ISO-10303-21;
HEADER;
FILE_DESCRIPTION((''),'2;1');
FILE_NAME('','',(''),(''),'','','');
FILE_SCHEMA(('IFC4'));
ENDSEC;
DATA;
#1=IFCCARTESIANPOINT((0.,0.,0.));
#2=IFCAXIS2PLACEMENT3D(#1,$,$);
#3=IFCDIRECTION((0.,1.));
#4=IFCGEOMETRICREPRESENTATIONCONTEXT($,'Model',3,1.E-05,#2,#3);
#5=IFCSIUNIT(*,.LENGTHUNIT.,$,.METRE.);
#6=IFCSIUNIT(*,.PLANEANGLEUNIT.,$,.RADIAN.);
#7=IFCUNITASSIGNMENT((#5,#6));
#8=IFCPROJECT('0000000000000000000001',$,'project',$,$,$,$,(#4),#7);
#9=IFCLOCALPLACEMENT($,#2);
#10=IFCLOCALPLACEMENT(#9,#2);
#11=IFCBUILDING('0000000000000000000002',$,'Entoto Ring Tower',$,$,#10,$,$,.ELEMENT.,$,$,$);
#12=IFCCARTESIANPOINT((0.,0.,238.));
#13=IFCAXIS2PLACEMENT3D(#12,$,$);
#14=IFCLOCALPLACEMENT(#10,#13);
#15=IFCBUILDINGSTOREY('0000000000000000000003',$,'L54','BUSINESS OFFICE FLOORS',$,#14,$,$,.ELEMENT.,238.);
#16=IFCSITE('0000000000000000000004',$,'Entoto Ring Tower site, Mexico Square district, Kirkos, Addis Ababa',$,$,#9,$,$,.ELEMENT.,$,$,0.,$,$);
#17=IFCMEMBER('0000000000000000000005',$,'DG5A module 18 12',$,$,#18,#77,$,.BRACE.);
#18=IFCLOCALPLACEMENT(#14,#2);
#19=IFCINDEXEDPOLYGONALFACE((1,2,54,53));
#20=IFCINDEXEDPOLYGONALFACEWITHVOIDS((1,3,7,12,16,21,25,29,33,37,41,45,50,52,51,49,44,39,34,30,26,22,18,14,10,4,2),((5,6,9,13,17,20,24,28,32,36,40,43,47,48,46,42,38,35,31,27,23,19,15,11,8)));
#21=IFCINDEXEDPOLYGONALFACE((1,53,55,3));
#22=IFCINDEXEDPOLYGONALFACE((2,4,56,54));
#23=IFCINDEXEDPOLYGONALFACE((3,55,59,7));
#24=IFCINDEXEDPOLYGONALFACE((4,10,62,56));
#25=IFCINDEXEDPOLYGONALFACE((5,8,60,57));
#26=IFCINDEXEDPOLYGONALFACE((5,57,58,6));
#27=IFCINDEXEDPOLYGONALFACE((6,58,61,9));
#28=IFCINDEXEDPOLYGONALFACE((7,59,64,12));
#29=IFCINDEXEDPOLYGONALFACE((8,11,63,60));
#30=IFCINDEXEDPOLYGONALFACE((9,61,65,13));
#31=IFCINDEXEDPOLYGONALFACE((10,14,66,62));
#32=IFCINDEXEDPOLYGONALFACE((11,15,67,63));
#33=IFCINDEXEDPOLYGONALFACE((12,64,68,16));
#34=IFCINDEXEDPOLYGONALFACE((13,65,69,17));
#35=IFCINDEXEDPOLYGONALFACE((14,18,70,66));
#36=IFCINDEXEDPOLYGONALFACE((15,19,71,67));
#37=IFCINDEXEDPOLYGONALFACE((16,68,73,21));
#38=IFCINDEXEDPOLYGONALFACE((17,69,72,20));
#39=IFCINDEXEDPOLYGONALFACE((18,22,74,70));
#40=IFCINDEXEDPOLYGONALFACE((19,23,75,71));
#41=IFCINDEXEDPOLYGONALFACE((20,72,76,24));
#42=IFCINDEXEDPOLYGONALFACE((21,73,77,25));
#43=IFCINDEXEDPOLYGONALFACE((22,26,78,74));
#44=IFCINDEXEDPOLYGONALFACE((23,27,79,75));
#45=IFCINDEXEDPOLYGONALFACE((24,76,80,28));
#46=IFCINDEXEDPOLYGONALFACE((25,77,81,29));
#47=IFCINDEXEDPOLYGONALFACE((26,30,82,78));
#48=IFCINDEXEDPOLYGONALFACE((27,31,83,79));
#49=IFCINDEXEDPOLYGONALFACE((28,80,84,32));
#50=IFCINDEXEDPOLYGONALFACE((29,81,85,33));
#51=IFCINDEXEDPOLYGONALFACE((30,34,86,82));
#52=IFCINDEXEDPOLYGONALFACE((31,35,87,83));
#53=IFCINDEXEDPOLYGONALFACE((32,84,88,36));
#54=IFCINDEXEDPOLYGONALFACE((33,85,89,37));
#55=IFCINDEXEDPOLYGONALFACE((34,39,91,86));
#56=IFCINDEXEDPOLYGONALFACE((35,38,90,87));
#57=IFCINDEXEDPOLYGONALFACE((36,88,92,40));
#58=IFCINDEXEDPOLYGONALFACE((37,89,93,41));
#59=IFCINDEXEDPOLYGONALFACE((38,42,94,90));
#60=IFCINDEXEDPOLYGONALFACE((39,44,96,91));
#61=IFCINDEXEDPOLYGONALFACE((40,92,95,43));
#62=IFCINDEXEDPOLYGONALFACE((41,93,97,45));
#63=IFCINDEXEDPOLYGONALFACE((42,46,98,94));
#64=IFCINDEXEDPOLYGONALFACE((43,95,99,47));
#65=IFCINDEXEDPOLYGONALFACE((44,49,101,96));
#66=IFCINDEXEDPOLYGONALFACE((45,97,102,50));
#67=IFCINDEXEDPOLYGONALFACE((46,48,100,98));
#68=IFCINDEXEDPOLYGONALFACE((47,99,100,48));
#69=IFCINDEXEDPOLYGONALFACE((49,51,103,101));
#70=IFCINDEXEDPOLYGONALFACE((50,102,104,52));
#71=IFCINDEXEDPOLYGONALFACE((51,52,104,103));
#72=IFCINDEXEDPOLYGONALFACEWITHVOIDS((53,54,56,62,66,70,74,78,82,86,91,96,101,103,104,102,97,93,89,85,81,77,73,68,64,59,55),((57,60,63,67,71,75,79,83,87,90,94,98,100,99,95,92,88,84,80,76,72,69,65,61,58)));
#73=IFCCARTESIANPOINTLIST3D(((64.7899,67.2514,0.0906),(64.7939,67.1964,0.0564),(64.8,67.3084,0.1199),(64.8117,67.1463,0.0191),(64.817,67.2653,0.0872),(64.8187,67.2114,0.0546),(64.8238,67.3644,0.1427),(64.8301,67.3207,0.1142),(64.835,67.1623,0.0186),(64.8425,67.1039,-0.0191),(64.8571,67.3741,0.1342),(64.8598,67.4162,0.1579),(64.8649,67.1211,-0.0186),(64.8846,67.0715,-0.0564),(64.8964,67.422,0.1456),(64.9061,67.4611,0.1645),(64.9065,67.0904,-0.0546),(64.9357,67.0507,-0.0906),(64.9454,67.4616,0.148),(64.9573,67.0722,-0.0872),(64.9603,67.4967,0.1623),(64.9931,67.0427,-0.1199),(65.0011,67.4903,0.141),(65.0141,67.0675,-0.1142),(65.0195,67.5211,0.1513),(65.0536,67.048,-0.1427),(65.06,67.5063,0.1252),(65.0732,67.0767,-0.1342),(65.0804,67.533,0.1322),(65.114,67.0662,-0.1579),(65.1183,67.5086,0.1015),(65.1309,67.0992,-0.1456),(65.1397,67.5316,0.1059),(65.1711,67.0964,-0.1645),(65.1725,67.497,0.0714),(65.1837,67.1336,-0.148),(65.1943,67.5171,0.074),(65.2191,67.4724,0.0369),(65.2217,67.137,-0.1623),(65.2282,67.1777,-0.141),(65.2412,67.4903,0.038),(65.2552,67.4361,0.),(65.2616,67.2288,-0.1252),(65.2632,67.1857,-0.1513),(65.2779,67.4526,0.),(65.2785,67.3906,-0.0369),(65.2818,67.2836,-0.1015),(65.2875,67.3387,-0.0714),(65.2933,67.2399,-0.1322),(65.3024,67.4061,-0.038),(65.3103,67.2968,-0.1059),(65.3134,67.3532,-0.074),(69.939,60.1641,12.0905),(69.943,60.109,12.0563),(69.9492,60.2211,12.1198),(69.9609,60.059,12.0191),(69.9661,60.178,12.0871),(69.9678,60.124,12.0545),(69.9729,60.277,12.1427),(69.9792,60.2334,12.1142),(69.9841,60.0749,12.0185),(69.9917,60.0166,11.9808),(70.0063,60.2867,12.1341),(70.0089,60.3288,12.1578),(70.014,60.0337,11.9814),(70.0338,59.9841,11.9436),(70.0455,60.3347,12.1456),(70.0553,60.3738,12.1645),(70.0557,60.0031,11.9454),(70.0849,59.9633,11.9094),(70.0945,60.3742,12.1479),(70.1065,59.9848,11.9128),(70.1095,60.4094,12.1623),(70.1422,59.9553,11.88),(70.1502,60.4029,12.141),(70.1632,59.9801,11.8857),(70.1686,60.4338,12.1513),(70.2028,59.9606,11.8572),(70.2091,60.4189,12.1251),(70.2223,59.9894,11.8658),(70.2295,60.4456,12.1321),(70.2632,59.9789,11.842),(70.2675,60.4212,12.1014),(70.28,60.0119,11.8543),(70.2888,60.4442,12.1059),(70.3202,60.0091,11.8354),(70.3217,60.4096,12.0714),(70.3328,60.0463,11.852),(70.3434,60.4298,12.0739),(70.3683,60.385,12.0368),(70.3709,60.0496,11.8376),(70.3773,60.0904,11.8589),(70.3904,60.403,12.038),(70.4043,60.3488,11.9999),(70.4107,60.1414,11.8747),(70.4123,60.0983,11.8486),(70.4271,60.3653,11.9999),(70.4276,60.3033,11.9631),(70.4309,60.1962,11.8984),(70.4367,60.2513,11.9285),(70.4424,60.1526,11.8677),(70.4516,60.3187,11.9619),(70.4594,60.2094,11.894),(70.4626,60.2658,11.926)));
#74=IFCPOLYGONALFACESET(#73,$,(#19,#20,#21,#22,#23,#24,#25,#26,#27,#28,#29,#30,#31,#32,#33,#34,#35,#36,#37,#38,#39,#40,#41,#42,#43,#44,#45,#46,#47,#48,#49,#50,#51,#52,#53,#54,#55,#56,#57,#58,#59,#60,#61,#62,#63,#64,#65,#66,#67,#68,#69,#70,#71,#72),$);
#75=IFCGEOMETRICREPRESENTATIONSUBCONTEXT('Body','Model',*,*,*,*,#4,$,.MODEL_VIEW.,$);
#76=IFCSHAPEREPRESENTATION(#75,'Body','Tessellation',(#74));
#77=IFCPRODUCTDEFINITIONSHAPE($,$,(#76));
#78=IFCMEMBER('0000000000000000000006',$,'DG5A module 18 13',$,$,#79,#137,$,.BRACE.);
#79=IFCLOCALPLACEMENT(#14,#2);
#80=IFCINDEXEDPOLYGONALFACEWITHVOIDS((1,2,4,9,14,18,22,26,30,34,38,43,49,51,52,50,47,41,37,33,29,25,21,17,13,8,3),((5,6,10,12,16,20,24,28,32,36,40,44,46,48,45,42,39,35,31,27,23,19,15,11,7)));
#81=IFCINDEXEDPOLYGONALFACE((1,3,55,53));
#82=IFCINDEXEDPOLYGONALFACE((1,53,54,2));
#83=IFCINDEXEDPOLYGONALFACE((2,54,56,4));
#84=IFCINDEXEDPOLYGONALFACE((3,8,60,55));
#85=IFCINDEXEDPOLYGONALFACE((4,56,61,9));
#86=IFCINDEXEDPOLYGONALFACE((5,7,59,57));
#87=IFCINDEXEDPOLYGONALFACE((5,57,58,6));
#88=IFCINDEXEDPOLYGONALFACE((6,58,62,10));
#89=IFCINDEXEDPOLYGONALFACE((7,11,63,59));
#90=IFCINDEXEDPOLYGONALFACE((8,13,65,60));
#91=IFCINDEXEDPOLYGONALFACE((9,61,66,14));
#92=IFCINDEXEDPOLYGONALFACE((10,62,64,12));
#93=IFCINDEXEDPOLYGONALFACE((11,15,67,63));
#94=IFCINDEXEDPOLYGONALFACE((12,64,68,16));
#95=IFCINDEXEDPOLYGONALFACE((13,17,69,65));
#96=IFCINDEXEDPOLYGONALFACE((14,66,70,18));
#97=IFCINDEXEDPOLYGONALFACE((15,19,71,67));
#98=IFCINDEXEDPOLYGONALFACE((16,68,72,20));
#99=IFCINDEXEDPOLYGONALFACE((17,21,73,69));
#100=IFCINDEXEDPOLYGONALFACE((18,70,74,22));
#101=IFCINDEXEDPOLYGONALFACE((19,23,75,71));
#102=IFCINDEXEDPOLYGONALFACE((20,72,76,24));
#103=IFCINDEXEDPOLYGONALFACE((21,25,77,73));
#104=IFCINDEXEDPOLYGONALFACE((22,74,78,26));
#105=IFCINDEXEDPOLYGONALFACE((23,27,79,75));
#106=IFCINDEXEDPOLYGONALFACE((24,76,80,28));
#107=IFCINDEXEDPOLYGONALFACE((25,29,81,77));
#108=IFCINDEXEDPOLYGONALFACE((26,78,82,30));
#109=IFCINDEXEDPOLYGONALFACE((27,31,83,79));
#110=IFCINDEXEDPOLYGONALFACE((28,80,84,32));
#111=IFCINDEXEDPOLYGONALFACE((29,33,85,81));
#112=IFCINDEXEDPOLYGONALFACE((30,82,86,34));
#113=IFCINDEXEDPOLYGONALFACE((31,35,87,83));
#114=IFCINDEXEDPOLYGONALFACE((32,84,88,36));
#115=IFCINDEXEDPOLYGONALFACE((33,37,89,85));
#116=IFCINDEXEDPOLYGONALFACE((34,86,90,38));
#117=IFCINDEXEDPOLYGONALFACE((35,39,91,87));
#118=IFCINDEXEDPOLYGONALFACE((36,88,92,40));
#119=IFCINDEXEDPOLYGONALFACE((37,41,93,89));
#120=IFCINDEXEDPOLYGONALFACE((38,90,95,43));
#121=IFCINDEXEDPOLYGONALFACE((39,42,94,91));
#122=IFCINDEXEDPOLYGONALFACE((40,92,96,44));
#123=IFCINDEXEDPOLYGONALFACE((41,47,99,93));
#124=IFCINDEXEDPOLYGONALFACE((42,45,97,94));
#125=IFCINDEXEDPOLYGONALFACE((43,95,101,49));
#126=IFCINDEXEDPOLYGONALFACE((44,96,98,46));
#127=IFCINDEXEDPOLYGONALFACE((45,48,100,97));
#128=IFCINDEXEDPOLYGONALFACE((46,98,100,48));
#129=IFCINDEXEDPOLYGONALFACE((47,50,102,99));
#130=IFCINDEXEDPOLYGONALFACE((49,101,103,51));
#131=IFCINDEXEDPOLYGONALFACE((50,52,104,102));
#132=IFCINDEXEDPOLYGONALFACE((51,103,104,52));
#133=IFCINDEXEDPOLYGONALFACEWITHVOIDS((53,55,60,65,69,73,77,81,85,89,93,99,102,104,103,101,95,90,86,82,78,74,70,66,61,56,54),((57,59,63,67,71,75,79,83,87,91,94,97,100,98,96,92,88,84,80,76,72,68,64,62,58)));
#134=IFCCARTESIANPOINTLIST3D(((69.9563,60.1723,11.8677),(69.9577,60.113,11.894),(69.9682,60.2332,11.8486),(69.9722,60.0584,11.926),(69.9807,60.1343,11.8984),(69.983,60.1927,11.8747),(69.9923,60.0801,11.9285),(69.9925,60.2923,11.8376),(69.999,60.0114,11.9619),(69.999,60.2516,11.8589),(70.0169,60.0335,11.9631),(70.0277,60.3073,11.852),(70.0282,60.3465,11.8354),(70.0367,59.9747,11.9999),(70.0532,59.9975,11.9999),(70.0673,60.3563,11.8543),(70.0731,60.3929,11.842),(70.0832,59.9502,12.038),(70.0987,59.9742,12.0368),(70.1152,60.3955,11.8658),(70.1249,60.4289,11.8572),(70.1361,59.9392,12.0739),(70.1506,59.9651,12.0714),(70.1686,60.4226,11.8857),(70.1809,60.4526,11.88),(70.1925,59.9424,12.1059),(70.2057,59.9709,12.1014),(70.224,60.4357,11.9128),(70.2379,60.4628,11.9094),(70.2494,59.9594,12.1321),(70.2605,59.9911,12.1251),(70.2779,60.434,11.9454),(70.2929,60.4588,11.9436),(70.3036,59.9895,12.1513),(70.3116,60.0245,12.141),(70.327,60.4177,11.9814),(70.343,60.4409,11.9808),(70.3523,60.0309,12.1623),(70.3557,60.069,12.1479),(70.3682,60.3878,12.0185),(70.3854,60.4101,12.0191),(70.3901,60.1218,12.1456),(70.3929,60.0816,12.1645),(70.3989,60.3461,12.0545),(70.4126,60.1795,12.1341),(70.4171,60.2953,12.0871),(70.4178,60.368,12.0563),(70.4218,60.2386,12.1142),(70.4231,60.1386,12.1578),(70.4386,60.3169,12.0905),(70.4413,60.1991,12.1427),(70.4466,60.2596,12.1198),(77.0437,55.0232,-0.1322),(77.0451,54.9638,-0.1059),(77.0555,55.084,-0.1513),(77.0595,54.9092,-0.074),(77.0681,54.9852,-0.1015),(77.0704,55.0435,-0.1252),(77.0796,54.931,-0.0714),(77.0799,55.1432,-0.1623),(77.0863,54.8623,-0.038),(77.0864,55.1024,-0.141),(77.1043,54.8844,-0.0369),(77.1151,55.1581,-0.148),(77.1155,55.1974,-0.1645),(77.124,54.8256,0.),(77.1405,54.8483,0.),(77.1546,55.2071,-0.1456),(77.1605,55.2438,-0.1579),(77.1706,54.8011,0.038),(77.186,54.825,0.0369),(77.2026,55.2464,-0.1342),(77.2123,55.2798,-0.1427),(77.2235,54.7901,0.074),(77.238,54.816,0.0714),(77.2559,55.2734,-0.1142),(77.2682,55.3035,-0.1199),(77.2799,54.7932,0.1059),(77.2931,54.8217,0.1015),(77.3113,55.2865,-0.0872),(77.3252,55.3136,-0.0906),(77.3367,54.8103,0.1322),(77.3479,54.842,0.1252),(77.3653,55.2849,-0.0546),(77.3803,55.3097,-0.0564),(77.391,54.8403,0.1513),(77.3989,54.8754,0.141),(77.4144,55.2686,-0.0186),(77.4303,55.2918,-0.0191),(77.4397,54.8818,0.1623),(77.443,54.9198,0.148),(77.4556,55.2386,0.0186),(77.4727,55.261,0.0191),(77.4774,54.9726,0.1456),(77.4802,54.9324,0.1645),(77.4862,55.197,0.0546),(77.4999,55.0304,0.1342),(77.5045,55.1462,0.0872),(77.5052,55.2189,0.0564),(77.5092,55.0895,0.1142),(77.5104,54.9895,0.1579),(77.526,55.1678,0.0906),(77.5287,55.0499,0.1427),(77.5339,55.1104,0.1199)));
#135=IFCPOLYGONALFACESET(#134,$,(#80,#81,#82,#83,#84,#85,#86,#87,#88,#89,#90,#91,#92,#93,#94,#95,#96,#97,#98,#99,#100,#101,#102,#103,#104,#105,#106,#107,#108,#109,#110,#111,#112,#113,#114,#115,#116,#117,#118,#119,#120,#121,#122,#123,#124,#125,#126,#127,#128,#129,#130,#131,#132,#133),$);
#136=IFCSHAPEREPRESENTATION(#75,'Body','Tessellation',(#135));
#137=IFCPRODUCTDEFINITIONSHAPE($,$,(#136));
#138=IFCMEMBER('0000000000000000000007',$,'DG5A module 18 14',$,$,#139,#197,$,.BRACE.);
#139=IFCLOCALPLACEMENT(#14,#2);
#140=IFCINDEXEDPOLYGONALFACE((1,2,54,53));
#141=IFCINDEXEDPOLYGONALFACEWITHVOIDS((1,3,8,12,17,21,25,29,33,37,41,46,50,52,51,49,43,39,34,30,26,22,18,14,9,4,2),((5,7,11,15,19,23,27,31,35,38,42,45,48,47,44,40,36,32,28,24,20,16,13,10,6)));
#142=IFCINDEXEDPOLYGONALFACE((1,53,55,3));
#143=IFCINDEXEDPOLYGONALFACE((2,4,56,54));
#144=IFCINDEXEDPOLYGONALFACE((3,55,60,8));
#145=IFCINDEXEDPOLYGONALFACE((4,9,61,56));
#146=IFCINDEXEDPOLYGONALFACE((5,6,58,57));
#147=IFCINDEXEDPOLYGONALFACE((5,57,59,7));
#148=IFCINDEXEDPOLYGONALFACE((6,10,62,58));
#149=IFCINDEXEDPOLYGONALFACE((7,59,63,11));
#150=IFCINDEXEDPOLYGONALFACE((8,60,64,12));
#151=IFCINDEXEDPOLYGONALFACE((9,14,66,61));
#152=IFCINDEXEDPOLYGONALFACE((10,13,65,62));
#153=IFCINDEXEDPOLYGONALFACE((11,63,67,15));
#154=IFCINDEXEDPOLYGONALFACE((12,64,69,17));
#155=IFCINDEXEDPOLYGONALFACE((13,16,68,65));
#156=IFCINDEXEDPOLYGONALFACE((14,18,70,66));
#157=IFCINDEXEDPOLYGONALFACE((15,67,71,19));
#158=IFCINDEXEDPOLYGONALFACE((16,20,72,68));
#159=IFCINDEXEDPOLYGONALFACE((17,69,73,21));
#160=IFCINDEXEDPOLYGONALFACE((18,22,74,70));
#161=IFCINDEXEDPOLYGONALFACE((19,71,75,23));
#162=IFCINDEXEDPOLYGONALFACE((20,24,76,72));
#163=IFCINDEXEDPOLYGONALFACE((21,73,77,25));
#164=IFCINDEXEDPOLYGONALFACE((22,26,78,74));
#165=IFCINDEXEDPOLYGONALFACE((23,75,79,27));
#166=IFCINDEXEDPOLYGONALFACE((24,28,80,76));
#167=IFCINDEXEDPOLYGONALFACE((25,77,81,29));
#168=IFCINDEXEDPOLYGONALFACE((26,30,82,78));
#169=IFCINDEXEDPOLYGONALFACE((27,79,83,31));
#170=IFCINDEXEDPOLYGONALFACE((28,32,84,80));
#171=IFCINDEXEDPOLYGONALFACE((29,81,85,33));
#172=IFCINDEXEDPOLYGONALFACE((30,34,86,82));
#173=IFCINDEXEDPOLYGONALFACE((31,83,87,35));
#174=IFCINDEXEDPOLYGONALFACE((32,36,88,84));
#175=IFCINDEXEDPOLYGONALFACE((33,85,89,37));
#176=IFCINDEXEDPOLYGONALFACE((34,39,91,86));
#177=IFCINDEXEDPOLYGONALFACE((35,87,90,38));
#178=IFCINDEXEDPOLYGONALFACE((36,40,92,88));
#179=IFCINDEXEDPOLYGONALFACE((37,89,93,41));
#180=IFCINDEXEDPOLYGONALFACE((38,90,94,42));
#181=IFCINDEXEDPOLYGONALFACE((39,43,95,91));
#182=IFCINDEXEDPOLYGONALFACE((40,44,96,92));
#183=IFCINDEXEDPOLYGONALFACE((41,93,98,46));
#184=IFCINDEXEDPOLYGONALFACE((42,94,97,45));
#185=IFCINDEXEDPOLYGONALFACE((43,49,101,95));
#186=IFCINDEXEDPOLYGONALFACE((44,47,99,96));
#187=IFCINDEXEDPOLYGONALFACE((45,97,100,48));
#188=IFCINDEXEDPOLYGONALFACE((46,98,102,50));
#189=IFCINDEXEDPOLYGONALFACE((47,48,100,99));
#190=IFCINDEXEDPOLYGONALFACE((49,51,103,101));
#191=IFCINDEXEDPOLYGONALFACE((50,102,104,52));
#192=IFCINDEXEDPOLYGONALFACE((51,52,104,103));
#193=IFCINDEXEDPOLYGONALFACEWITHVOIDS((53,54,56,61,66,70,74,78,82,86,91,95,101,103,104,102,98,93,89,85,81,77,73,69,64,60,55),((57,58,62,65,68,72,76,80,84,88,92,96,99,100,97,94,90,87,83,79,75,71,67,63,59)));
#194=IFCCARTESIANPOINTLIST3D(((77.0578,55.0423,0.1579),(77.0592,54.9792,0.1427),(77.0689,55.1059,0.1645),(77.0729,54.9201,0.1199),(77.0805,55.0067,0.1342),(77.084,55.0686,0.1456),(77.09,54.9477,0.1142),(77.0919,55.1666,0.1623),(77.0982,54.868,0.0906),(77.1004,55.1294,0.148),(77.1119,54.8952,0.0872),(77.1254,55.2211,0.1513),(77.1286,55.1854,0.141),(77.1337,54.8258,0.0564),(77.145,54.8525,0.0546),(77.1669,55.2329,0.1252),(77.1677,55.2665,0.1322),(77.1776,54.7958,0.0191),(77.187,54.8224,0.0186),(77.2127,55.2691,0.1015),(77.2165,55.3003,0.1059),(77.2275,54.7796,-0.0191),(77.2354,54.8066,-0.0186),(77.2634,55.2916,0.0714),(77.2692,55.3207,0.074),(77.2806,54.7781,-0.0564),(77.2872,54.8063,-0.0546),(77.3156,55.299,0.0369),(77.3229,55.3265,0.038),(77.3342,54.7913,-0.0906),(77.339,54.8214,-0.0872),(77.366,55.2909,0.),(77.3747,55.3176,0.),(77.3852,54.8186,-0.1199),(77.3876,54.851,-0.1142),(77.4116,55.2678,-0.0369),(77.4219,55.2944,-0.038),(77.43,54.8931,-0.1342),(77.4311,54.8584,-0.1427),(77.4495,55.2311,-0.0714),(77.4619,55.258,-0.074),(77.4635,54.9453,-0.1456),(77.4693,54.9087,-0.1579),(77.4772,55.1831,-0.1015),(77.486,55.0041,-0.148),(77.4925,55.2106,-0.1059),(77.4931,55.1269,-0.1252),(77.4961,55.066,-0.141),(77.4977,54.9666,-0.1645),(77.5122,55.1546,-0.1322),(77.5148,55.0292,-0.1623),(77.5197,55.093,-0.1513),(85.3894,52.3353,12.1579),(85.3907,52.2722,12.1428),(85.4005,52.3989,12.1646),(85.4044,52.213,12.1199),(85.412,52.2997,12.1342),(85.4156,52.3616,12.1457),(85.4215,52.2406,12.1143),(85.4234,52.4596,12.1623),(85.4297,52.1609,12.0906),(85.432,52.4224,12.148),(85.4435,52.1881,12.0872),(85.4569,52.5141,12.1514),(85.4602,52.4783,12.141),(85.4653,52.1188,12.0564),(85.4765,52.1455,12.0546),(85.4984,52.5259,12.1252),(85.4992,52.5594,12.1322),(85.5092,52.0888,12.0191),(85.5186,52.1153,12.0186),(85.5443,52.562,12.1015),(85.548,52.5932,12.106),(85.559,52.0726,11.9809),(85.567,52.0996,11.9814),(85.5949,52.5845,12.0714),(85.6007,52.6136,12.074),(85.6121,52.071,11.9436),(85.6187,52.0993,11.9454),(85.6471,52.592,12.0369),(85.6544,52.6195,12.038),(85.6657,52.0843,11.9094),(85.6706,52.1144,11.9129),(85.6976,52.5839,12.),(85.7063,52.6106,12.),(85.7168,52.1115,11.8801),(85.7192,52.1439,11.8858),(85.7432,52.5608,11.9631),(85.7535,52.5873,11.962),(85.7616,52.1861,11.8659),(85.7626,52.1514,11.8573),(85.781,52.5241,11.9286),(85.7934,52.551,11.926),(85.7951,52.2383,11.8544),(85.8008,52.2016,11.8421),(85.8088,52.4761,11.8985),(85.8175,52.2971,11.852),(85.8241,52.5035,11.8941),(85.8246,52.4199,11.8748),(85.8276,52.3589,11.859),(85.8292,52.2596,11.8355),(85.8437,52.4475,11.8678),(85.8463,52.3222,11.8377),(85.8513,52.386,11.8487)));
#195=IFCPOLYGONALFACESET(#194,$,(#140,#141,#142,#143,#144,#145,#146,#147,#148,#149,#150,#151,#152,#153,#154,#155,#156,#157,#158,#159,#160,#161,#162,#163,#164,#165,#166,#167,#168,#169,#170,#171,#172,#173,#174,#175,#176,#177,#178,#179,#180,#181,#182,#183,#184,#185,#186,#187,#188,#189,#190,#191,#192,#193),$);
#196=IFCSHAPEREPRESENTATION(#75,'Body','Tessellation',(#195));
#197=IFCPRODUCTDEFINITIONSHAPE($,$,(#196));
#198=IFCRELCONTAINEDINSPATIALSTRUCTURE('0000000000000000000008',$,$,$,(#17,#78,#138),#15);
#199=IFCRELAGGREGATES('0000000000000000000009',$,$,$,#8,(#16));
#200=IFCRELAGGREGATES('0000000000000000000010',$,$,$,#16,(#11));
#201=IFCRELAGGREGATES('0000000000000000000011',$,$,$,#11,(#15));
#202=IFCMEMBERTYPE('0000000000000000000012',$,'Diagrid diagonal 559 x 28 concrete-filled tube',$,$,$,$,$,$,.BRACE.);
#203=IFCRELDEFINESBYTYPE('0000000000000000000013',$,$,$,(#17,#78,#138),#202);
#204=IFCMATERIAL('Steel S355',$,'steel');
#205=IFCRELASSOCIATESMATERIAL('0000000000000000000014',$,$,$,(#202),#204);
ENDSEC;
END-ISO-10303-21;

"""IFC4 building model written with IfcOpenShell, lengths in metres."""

from ifc_helpers import new_model, si_unit, direction, frame, origin, origin_2d, place, context, subcontext, project, spatial, circle, hollow_circle, extrude, material, material_profile, profile_set, type_object, element, save


model = new_model("IFC4")

# Units and contexts
model_context = context("Model", 3, precision=1e-05, world=origin(), true_north=direction((0.0, 1.0)))
body_context = subcontext(model_context, "Body", "Model", "MODEL_VIEW")
ifc_project = project(units=[si_unit("LENGTHUNIT", "METRE"), si_unit("PLANEANGLEUNIT", "RADIAN")], contexts=[model_context])

# Site, building, storey
site_placement = place(None, origin())
site = spatial("IfcSite", under=ifc_project, at=site_placement, Name="Entoto Ring Tower site, Mexico Square district, Kirkos, Addis Ababa", CompositionType="ELEMENT", RefElevation=0.0)
building_placement = place(site_placement, origin())
building = spatial("IfcBuilding", under=site, at=building_placement, Name="Entoto Ring Tower", CompositionType="ELEMENT")
storey_placement = place(building_placement, frame((0.0, 0.0, 238.0)))
storey = spatial("IfcBuildingStorey", under=building, at=storey_placement, Name="L54", Description="BUSINESS OFFICE FLOORS", CompositionType="ELEMENT", Elevation=238.0)

# Members
ifc_material_1 = material(Name="Steel S355", Category="steel")
ifc_material_profile_1 = material_profile(ifc_material_1, hollow_circle(Radius=0.2795, WallThickness=0.0281, at=origin_2d()), Name="CHS 559 x 28")
ifc_material_2 = material(Name="Concrete C60/75", Category="concrete")
ifc_material_profile_2 = material_profile(ifc_material_2, circle(Radius=0.2515, at=origin_2d()), Name="Concrete C60/75 infill")
ifc_profile_set_1 = profile_set([ifc_material_profile_1, ifc_material_profile_2], Name="Steel S355")
member_type_1 = type_object("IfcMemberType", Name="Diagrid diagonal 559 x 28 concrete-filled tube", PredefinedType="BRACE", material=ifc_profile_set_1)
for number, where, z_axis, x_axis, name in (
    (1, (65.0518, 67.2883, 0.0), (0.34657, -0.477025, 0.807673), (0.809024, 0.587776, 0.0), "DG5A module 18 12"),
    (2, (77.2883, 55.0518, 0.0), (-0.477025, 0.34657, 0.807673), (-0.587776, -0.809024, 0.0), "DG5A module 18 13"),
    (3, (77.2883, 55.0518, 0.0), (0.560767, -0.182201, 0.807678), (0.309012, 0.951058, 0.0), "DG5A module 18 14"),
):
    element("IfcMember", number, at=place(storey_placement, frame(where, z_axis=z_axis, x_axis=x_axis)), inside=storey, type_object=member_type_1, Name=name, PredefinedType="BRACE", context=body_context, shape_type="SweptSolid", body=[
        extrude(hollow_circle(Radius=0.2795, WallThickness=0.0281, at=origin_2d()), origin(), (0.0, 0.0, 1.0), 14.8574),
    ])

save(model, "model.ifc")
